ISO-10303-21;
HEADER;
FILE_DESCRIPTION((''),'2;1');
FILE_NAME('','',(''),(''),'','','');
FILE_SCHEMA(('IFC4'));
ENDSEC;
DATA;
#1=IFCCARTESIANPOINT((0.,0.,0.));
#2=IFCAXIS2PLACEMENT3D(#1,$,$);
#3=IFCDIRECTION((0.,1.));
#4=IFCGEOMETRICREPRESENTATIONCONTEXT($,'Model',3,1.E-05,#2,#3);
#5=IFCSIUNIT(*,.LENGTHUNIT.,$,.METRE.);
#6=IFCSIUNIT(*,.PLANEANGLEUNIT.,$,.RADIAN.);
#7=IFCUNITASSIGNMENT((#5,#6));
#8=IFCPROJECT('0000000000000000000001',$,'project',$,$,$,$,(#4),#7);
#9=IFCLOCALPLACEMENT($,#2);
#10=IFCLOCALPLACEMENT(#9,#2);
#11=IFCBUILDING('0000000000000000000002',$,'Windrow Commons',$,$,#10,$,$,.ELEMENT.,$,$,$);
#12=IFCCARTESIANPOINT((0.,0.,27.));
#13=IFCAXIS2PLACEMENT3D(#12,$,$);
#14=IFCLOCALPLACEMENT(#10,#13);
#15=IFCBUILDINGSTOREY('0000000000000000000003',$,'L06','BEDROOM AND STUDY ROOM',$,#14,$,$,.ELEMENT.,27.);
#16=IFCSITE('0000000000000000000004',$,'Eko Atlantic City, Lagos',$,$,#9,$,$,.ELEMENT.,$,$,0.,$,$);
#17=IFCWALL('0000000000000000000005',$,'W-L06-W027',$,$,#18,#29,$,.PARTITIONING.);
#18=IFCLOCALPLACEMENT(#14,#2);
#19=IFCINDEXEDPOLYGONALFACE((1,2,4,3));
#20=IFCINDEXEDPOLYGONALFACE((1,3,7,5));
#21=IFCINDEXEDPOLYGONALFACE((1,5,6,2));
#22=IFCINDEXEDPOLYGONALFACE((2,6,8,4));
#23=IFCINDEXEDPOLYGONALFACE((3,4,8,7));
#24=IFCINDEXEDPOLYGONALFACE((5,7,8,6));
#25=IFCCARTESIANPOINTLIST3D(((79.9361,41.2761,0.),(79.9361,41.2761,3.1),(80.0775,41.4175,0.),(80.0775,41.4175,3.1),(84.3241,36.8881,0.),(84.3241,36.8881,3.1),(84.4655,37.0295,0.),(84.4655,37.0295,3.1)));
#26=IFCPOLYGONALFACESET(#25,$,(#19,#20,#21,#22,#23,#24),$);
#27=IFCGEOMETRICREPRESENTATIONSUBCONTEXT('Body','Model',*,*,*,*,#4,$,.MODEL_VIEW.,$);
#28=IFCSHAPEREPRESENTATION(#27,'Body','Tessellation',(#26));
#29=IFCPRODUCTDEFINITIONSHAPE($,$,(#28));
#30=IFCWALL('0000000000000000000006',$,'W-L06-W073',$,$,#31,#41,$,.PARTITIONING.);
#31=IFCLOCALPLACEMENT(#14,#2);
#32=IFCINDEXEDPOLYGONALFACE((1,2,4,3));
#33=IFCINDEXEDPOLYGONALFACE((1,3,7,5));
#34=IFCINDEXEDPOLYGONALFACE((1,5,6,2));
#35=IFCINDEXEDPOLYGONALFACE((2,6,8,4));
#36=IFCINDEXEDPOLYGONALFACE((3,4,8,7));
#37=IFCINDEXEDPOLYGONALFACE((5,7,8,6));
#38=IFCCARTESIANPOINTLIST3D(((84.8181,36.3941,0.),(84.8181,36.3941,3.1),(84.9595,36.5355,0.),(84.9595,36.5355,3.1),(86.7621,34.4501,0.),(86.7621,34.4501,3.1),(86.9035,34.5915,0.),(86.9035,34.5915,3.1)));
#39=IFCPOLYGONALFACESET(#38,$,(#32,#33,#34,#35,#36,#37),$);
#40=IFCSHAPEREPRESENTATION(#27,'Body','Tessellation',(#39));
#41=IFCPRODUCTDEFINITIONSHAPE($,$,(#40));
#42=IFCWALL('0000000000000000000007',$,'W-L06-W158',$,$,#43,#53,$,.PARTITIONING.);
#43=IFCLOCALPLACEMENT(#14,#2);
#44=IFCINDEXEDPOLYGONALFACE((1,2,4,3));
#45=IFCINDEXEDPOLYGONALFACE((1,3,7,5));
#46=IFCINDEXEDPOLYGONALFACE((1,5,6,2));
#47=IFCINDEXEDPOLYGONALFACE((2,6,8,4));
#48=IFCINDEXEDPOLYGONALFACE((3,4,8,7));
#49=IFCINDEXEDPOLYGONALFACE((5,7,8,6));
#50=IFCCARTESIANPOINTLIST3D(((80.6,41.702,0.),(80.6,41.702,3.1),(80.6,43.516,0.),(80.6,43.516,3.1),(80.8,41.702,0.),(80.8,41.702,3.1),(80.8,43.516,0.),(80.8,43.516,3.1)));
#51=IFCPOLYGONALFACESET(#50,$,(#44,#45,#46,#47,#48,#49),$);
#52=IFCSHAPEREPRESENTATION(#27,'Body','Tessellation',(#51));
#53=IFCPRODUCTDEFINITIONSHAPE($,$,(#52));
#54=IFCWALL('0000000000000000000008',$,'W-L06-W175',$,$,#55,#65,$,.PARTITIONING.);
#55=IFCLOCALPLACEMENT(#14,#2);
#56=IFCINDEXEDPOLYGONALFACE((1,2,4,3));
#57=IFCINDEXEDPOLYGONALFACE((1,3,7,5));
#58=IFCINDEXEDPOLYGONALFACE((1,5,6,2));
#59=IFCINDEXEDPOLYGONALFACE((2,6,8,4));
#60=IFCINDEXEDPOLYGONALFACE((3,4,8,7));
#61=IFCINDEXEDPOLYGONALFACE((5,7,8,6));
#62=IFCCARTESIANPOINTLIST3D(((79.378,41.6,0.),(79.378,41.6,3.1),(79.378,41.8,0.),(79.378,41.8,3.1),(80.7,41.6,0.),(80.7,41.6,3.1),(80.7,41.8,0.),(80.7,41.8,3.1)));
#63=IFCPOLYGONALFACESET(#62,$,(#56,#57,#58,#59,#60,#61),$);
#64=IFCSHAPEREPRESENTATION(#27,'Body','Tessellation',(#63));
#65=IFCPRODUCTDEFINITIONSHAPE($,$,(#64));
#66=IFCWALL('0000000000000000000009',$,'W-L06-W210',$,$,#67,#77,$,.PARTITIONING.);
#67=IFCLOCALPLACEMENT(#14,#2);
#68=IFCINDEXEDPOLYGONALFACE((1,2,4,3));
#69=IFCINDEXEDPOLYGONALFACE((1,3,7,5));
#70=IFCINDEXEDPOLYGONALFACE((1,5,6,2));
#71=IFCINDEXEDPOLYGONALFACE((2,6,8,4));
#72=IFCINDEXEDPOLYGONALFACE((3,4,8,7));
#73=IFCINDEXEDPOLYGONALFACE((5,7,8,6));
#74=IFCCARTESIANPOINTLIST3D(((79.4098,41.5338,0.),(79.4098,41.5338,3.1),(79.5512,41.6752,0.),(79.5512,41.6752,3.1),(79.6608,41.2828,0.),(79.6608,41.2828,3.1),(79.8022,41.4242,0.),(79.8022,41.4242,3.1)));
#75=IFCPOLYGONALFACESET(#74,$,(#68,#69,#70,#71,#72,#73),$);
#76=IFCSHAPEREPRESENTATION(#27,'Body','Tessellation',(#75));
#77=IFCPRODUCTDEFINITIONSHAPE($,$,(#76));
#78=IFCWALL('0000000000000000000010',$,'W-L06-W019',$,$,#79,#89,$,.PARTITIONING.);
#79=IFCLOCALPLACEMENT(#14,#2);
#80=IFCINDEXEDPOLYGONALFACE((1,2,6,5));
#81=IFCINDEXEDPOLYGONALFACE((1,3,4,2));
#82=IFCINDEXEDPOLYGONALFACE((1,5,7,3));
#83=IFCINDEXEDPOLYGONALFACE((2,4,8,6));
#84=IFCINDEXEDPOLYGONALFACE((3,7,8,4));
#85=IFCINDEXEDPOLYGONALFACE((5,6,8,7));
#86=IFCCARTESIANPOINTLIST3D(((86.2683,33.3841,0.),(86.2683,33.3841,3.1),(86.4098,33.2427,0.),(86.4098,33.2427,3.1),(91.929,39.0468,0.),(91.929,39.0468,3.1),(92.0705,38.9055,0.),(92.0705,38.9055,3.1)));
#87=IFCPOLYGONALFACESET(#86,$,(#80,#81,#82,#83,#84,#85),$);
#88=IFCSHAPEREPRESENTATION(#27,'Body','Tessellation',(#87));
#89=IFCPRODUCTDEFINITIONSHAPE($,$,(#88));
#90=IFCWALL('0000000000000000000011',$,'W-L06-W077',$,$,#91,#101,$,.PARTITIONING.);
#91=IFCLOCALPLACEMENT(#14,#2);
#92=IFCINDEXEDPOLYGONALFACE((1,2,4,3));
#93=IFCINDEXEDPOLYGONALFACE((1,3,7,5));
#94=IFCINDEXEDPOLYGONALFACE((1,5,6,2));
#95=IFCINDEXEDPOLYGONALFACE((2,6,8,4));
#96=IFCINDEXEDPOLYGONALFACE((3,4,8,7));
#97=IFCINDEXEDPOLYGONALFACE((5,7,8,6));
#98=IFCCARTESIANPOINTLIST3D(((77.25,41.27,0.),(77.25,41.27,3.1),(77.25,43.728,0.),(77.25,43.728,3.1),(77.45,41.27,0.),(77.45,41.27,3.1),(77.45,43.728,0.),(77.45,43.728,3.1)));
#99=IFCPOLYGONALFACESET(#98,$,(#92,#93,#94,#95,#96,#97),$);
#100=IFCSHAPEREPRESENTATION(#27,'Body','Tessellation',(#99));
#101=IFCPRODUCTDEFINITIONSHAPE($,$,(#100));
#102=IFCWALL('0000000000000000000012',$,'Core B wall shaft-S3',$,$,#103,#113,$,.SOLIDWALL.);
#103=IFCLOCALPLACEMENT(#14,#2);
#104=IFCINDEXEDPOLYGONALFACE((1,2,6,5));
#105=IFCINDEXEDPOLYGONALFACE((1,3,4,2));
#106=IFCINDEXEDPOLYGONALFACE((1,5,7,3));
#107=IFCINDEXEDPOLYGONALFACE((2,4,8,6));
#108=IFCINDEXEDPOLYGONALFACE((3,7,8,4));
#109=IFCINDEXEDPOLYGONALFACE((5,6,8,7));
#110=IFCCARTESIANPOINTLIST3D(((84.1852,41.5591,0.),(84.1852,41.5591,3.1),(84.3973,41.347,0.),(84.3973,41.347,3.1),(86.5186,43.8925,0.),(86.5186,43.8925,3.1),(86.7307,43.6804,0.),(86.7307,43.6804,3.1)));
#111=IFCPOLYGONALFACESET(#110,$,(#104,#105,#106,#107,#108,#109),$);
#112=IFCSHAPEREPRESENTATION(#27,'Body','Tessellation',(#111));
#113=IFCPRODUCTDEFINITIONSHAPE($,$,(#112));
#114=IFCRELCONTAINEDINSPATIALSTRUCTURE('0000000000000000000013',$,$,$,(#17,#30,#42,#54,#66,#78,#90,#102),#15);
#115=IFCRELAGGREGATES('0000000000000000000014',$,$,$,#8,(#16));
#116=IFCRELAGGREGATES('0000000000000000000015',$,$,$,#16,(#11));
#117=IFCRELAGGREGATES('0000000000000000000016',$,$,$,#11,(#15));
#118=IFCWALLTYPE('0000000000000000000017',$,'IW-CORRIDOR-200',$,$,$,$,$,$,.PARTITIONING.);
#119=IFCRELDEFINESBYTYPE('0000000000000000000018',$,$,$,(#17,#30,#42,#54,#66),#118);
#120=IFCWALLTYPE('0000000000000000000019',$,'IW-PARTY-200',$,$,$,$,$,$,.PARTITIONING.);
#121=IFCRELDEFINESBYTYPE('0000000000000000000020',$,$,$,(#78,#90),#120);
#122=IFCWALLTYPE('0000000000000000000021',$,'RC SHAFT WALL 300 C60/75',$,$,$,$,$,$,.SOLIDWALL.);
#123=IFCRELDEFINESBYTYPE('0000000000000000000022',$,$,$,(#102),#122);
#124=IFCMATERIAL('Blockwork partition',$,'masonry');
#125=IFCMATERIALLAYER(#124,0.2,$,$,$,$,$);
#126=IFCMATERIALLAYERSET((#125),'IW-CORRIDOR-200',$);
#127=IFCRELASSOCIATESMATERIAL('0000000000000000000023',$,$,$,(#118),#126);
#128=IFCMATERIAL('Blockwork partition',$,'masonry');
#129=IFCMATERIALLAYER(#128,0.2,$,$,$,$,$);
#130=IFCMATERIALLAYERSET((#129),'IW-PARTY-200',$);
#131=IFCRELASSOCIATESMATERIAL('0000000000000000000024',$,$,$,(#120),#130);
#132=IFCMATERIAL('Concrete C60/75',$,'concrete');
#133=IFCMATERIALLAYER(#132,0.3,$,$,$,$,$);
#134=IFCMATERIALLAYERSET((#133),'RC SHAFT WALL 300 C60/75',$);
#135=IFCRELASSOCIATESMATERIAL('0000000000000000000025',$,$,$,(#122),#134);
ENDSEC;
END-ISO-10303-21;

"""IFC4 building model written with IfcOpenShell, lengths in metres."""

from ifc_helpers import new_model, si_unit, direction, frame, frame_2d, origin, place, context, subcontext, project, spatial, rectangle, extrude, material, layer, layer_set, type_object, element, save


model = new_model("IFC4")

# Units and contexts
model_context = context("Model", 3, precision=1e-05, world=origin(), true_north=direction((0.0, 1.0)))
body_context = subcontext(model_context, "Body", "Model", "MODEL_VIEW")
ifc_project = project(units=[si_unit("LENGTHUNIT", "METRE"), si_unit("PLANEANGLEUNIT", "RADIAN")], contexts=[model_context])

# Site, building, storey
site_placement = place(None, origin())
site = spatial("IfcSite", under=ifc_project, at=site_placement, Name="Eko Atlantic City, Lagos", CompositionType="ELEMENT", RefElevation=0.0)
building_placement = place(site_placement, origin())
building = spatial("IfcBuilding", under=site, at=building_placement, Name="Windrow Commons", CompositionType="ELEMENT")
storey_placement = place(building_placement, frame((0.0, 0.0, 27.0)))
storey = spatial("IfcBuildingStorey", under=building, at=storey_placement, Name="L06", Description="BEDROOM AND STUDY ROOM", CompositionType="ELEMENT", Elevation=27.0)

# Walls
ifc_material_1 = material(Name="Blockwork partition", Category="masonry")
ifc_layer_1 = layer(ifc_material_1, 0.2)
ifc_layer_set_1 = layer_set([ifc_layer_1], Name="IW-CORRIDOR-200")
wall_type_1 = type_object("IfcWallType", Name="IW-CORRIDOR-200", PredefinedType="PARTITIONING", material=ifc_layer_set_1)
wall_1_placement = place(storey_placement, frame((80.0068, 41.3468, 0.0), z_axis=(0.0, 0.0, 1.0), x_axis=(0.707107, -0.707107, 0.0)))
element("IfcWall", 1, at=wall_1_placement, inside=storey, type_object=wall_type_1, Name="W-L06-W027", PredefinedType="PARTITIONING", context=body_context, shape_type="SweptSolid", body=[
    extrude(rectangle(XDim=6.2056, YDim=0.2, at=frame_2d((3.1028, 0.0))), origin(), (0.0, 0.0, 1.0), 3.1),
])
wall_2_placement = place(storey_placement, frame((84.8888, 36.4648, 0.0), z_axis=(0.0, 0.0, 1.0), x_axis=(0.707107, -0.707107, 0.0)))
element("IfcWall", 2, at=wall_2_placement, inside=storey, type_object=wall_type_1, Name="W-L06-W073", PredefinedType="PARTITIONING", context=body_context, shape_type="SweptSolid", body=[
    extrude(rectangle(XDim=2.7492, YDim=0.2, at=frame_2d((1.3746, 0.0))), origin(), (0.0, 0.0, 1.0), 3.1),
])
wall_3_placement = place(storey_placement, frame((80.7, 41.702, 0.0), z_axis=(0.0, 0.0, 1.0), x_axis=(0.0, 1.0, 0.0)))
element("IfcWall", 3, at=wall_3_placement, inside=storey, type_object=wall_type_1, Name="W-L06-W158", PredefinedType="PARTITIONING", context=body_context, shape_type="SweptSolid", body=[
    extrude(rectangle(XDim=1.814, YDim=0.2, at=frame_2d((0.907, 0.0))), origin(), (0.0, 0.0, 1.0), 3.1),
])
wall_4_placement = place(storey_placement, frame((79.378, 41.7, 0.0), z_axis=(0.0, 0.0, 1.0), x_axis=(1.0, 0.0, 0.0)))
element("IfcWall", 4, at=wall_4_placement, inside=storey, type_object=wall_type_1, Name="W-L06-W175", PredefinedType="PARTITIONING", context=body_context, shape_type="SweptSolid", body=[
    extrude(rectangle(XDim=1.322, YDim=0.2, at=frame_2d((0.661, 0.0))), origin(), (0.0, 0.0, 1.0), 3.1),
])
wall_5_placement = place(storey_placement, frame((79.4805, 41.6045, 0.0), z_axis=(0.0, 0.0, 1.0), x_axis=(0.707107, -0.707107, 0.0)))
element("IfcWall", 5, at=wall_5_placement, inside=storey, type_object=wall_type_1, Name="W-L06-W210", PredefinedType="PARTITIONING", context=body_context, shape_type="SweptSolid", body=[
    extrude(rectangle(XDim=0.355, YDim=0.2, at=frame_2d((0.1775, 0.0))), origin(), (0.0, 0.0, 1.0), 3.1),
])
ifc_material_2 = material(Name="Blockwork partition", Category="masonry")
ifc_layer_2 = layer(ifc_material_2, 0.2)
ifc_layer_set_2 = layer_set([ifc_layer_2], Name="IW-PARTY-200")
wall_type_2 = type_object("IfcWallType", Name="IW-PARTY-200", PredefinedType="PARTITIONING", material=ifc_layer_set_2)
wall_6_placement = place(storey_placement, frame((86.3391, 33.3134, 0.0), z_axis=(0.0, 0.0, 1.0), x_axis=(0.706976, 0.707238, 0.0)))
element("IfcWall", 6, at=wall_6_placement, inside=storey, type_object=wall_type_2, Name="W-L06-W019", PredefinedType="PARTITIONING", context=body_context, shape_type="SweptSolid", body=[
    extrude(rectangle(XDim=8.0069, YDim=0.2, at=frame_2d((4.0034, 0.0))), origin(), (0.0, 0.0, 1.0), 3.1),
])
wall_7_placement = place(storey_placement, frame((77.35, 41.27, 0.0), z_axis=(0.0, 0.0, 1.0), x_axis=(0.0, 1.0, 0.0)))
element("IfcWall", 7, at=wall_7_placement, inside=storey, type_object=wall_type_2, Name="W-L06-W077", PredefinedType="PARTITIONING", context=body_context, shape_type="SweptSolid", body=[
    extrude(rectangle(XDim=2.458, YDim=0.2, at=frame_2d((1.229, 0.0))), origin(), (0.0, 0.0, 1.0), 3.1),
])
ifc_material_3 = material(Name="Concrete C60/75", Category="concrete")
ifc_layer_3 = layer(ifc_material_3, 0.3)
ifc_layer_set_3 = layer_set([ifc_layer_3], Name="RC SHAFT WALL 300 C60/75")
wall_type_3 = type_object("IfcWallType", Name="RC SHAFT WALL 300 C60/75", PredefinedType="SOLIDWALL", material=ifc_layer_set_3)
wall_8_placement = place(storey_placement, frame((84.2912, 41.453, 0.0), z_axis=(0.0, 0.0, 1.0), x_axis=(0.707107, 0.707107, 0.0)))
element("IfcWall", 8, at=wall_8_placement, inside=storey, type_object=wall_type_3, Name="Core B wall shaft-S3", PredefinedType="SOLIDWALL", context=body_context, shape_type="SweptSolid", body=[
    extrude(rectangle(XDim=3.2999, YDim=0.3, at=frame_2d((1.65, 0.0))), origin(), (0.0, 0.0, 1.0), 3.1),
])

save(model, "model.ifc")
